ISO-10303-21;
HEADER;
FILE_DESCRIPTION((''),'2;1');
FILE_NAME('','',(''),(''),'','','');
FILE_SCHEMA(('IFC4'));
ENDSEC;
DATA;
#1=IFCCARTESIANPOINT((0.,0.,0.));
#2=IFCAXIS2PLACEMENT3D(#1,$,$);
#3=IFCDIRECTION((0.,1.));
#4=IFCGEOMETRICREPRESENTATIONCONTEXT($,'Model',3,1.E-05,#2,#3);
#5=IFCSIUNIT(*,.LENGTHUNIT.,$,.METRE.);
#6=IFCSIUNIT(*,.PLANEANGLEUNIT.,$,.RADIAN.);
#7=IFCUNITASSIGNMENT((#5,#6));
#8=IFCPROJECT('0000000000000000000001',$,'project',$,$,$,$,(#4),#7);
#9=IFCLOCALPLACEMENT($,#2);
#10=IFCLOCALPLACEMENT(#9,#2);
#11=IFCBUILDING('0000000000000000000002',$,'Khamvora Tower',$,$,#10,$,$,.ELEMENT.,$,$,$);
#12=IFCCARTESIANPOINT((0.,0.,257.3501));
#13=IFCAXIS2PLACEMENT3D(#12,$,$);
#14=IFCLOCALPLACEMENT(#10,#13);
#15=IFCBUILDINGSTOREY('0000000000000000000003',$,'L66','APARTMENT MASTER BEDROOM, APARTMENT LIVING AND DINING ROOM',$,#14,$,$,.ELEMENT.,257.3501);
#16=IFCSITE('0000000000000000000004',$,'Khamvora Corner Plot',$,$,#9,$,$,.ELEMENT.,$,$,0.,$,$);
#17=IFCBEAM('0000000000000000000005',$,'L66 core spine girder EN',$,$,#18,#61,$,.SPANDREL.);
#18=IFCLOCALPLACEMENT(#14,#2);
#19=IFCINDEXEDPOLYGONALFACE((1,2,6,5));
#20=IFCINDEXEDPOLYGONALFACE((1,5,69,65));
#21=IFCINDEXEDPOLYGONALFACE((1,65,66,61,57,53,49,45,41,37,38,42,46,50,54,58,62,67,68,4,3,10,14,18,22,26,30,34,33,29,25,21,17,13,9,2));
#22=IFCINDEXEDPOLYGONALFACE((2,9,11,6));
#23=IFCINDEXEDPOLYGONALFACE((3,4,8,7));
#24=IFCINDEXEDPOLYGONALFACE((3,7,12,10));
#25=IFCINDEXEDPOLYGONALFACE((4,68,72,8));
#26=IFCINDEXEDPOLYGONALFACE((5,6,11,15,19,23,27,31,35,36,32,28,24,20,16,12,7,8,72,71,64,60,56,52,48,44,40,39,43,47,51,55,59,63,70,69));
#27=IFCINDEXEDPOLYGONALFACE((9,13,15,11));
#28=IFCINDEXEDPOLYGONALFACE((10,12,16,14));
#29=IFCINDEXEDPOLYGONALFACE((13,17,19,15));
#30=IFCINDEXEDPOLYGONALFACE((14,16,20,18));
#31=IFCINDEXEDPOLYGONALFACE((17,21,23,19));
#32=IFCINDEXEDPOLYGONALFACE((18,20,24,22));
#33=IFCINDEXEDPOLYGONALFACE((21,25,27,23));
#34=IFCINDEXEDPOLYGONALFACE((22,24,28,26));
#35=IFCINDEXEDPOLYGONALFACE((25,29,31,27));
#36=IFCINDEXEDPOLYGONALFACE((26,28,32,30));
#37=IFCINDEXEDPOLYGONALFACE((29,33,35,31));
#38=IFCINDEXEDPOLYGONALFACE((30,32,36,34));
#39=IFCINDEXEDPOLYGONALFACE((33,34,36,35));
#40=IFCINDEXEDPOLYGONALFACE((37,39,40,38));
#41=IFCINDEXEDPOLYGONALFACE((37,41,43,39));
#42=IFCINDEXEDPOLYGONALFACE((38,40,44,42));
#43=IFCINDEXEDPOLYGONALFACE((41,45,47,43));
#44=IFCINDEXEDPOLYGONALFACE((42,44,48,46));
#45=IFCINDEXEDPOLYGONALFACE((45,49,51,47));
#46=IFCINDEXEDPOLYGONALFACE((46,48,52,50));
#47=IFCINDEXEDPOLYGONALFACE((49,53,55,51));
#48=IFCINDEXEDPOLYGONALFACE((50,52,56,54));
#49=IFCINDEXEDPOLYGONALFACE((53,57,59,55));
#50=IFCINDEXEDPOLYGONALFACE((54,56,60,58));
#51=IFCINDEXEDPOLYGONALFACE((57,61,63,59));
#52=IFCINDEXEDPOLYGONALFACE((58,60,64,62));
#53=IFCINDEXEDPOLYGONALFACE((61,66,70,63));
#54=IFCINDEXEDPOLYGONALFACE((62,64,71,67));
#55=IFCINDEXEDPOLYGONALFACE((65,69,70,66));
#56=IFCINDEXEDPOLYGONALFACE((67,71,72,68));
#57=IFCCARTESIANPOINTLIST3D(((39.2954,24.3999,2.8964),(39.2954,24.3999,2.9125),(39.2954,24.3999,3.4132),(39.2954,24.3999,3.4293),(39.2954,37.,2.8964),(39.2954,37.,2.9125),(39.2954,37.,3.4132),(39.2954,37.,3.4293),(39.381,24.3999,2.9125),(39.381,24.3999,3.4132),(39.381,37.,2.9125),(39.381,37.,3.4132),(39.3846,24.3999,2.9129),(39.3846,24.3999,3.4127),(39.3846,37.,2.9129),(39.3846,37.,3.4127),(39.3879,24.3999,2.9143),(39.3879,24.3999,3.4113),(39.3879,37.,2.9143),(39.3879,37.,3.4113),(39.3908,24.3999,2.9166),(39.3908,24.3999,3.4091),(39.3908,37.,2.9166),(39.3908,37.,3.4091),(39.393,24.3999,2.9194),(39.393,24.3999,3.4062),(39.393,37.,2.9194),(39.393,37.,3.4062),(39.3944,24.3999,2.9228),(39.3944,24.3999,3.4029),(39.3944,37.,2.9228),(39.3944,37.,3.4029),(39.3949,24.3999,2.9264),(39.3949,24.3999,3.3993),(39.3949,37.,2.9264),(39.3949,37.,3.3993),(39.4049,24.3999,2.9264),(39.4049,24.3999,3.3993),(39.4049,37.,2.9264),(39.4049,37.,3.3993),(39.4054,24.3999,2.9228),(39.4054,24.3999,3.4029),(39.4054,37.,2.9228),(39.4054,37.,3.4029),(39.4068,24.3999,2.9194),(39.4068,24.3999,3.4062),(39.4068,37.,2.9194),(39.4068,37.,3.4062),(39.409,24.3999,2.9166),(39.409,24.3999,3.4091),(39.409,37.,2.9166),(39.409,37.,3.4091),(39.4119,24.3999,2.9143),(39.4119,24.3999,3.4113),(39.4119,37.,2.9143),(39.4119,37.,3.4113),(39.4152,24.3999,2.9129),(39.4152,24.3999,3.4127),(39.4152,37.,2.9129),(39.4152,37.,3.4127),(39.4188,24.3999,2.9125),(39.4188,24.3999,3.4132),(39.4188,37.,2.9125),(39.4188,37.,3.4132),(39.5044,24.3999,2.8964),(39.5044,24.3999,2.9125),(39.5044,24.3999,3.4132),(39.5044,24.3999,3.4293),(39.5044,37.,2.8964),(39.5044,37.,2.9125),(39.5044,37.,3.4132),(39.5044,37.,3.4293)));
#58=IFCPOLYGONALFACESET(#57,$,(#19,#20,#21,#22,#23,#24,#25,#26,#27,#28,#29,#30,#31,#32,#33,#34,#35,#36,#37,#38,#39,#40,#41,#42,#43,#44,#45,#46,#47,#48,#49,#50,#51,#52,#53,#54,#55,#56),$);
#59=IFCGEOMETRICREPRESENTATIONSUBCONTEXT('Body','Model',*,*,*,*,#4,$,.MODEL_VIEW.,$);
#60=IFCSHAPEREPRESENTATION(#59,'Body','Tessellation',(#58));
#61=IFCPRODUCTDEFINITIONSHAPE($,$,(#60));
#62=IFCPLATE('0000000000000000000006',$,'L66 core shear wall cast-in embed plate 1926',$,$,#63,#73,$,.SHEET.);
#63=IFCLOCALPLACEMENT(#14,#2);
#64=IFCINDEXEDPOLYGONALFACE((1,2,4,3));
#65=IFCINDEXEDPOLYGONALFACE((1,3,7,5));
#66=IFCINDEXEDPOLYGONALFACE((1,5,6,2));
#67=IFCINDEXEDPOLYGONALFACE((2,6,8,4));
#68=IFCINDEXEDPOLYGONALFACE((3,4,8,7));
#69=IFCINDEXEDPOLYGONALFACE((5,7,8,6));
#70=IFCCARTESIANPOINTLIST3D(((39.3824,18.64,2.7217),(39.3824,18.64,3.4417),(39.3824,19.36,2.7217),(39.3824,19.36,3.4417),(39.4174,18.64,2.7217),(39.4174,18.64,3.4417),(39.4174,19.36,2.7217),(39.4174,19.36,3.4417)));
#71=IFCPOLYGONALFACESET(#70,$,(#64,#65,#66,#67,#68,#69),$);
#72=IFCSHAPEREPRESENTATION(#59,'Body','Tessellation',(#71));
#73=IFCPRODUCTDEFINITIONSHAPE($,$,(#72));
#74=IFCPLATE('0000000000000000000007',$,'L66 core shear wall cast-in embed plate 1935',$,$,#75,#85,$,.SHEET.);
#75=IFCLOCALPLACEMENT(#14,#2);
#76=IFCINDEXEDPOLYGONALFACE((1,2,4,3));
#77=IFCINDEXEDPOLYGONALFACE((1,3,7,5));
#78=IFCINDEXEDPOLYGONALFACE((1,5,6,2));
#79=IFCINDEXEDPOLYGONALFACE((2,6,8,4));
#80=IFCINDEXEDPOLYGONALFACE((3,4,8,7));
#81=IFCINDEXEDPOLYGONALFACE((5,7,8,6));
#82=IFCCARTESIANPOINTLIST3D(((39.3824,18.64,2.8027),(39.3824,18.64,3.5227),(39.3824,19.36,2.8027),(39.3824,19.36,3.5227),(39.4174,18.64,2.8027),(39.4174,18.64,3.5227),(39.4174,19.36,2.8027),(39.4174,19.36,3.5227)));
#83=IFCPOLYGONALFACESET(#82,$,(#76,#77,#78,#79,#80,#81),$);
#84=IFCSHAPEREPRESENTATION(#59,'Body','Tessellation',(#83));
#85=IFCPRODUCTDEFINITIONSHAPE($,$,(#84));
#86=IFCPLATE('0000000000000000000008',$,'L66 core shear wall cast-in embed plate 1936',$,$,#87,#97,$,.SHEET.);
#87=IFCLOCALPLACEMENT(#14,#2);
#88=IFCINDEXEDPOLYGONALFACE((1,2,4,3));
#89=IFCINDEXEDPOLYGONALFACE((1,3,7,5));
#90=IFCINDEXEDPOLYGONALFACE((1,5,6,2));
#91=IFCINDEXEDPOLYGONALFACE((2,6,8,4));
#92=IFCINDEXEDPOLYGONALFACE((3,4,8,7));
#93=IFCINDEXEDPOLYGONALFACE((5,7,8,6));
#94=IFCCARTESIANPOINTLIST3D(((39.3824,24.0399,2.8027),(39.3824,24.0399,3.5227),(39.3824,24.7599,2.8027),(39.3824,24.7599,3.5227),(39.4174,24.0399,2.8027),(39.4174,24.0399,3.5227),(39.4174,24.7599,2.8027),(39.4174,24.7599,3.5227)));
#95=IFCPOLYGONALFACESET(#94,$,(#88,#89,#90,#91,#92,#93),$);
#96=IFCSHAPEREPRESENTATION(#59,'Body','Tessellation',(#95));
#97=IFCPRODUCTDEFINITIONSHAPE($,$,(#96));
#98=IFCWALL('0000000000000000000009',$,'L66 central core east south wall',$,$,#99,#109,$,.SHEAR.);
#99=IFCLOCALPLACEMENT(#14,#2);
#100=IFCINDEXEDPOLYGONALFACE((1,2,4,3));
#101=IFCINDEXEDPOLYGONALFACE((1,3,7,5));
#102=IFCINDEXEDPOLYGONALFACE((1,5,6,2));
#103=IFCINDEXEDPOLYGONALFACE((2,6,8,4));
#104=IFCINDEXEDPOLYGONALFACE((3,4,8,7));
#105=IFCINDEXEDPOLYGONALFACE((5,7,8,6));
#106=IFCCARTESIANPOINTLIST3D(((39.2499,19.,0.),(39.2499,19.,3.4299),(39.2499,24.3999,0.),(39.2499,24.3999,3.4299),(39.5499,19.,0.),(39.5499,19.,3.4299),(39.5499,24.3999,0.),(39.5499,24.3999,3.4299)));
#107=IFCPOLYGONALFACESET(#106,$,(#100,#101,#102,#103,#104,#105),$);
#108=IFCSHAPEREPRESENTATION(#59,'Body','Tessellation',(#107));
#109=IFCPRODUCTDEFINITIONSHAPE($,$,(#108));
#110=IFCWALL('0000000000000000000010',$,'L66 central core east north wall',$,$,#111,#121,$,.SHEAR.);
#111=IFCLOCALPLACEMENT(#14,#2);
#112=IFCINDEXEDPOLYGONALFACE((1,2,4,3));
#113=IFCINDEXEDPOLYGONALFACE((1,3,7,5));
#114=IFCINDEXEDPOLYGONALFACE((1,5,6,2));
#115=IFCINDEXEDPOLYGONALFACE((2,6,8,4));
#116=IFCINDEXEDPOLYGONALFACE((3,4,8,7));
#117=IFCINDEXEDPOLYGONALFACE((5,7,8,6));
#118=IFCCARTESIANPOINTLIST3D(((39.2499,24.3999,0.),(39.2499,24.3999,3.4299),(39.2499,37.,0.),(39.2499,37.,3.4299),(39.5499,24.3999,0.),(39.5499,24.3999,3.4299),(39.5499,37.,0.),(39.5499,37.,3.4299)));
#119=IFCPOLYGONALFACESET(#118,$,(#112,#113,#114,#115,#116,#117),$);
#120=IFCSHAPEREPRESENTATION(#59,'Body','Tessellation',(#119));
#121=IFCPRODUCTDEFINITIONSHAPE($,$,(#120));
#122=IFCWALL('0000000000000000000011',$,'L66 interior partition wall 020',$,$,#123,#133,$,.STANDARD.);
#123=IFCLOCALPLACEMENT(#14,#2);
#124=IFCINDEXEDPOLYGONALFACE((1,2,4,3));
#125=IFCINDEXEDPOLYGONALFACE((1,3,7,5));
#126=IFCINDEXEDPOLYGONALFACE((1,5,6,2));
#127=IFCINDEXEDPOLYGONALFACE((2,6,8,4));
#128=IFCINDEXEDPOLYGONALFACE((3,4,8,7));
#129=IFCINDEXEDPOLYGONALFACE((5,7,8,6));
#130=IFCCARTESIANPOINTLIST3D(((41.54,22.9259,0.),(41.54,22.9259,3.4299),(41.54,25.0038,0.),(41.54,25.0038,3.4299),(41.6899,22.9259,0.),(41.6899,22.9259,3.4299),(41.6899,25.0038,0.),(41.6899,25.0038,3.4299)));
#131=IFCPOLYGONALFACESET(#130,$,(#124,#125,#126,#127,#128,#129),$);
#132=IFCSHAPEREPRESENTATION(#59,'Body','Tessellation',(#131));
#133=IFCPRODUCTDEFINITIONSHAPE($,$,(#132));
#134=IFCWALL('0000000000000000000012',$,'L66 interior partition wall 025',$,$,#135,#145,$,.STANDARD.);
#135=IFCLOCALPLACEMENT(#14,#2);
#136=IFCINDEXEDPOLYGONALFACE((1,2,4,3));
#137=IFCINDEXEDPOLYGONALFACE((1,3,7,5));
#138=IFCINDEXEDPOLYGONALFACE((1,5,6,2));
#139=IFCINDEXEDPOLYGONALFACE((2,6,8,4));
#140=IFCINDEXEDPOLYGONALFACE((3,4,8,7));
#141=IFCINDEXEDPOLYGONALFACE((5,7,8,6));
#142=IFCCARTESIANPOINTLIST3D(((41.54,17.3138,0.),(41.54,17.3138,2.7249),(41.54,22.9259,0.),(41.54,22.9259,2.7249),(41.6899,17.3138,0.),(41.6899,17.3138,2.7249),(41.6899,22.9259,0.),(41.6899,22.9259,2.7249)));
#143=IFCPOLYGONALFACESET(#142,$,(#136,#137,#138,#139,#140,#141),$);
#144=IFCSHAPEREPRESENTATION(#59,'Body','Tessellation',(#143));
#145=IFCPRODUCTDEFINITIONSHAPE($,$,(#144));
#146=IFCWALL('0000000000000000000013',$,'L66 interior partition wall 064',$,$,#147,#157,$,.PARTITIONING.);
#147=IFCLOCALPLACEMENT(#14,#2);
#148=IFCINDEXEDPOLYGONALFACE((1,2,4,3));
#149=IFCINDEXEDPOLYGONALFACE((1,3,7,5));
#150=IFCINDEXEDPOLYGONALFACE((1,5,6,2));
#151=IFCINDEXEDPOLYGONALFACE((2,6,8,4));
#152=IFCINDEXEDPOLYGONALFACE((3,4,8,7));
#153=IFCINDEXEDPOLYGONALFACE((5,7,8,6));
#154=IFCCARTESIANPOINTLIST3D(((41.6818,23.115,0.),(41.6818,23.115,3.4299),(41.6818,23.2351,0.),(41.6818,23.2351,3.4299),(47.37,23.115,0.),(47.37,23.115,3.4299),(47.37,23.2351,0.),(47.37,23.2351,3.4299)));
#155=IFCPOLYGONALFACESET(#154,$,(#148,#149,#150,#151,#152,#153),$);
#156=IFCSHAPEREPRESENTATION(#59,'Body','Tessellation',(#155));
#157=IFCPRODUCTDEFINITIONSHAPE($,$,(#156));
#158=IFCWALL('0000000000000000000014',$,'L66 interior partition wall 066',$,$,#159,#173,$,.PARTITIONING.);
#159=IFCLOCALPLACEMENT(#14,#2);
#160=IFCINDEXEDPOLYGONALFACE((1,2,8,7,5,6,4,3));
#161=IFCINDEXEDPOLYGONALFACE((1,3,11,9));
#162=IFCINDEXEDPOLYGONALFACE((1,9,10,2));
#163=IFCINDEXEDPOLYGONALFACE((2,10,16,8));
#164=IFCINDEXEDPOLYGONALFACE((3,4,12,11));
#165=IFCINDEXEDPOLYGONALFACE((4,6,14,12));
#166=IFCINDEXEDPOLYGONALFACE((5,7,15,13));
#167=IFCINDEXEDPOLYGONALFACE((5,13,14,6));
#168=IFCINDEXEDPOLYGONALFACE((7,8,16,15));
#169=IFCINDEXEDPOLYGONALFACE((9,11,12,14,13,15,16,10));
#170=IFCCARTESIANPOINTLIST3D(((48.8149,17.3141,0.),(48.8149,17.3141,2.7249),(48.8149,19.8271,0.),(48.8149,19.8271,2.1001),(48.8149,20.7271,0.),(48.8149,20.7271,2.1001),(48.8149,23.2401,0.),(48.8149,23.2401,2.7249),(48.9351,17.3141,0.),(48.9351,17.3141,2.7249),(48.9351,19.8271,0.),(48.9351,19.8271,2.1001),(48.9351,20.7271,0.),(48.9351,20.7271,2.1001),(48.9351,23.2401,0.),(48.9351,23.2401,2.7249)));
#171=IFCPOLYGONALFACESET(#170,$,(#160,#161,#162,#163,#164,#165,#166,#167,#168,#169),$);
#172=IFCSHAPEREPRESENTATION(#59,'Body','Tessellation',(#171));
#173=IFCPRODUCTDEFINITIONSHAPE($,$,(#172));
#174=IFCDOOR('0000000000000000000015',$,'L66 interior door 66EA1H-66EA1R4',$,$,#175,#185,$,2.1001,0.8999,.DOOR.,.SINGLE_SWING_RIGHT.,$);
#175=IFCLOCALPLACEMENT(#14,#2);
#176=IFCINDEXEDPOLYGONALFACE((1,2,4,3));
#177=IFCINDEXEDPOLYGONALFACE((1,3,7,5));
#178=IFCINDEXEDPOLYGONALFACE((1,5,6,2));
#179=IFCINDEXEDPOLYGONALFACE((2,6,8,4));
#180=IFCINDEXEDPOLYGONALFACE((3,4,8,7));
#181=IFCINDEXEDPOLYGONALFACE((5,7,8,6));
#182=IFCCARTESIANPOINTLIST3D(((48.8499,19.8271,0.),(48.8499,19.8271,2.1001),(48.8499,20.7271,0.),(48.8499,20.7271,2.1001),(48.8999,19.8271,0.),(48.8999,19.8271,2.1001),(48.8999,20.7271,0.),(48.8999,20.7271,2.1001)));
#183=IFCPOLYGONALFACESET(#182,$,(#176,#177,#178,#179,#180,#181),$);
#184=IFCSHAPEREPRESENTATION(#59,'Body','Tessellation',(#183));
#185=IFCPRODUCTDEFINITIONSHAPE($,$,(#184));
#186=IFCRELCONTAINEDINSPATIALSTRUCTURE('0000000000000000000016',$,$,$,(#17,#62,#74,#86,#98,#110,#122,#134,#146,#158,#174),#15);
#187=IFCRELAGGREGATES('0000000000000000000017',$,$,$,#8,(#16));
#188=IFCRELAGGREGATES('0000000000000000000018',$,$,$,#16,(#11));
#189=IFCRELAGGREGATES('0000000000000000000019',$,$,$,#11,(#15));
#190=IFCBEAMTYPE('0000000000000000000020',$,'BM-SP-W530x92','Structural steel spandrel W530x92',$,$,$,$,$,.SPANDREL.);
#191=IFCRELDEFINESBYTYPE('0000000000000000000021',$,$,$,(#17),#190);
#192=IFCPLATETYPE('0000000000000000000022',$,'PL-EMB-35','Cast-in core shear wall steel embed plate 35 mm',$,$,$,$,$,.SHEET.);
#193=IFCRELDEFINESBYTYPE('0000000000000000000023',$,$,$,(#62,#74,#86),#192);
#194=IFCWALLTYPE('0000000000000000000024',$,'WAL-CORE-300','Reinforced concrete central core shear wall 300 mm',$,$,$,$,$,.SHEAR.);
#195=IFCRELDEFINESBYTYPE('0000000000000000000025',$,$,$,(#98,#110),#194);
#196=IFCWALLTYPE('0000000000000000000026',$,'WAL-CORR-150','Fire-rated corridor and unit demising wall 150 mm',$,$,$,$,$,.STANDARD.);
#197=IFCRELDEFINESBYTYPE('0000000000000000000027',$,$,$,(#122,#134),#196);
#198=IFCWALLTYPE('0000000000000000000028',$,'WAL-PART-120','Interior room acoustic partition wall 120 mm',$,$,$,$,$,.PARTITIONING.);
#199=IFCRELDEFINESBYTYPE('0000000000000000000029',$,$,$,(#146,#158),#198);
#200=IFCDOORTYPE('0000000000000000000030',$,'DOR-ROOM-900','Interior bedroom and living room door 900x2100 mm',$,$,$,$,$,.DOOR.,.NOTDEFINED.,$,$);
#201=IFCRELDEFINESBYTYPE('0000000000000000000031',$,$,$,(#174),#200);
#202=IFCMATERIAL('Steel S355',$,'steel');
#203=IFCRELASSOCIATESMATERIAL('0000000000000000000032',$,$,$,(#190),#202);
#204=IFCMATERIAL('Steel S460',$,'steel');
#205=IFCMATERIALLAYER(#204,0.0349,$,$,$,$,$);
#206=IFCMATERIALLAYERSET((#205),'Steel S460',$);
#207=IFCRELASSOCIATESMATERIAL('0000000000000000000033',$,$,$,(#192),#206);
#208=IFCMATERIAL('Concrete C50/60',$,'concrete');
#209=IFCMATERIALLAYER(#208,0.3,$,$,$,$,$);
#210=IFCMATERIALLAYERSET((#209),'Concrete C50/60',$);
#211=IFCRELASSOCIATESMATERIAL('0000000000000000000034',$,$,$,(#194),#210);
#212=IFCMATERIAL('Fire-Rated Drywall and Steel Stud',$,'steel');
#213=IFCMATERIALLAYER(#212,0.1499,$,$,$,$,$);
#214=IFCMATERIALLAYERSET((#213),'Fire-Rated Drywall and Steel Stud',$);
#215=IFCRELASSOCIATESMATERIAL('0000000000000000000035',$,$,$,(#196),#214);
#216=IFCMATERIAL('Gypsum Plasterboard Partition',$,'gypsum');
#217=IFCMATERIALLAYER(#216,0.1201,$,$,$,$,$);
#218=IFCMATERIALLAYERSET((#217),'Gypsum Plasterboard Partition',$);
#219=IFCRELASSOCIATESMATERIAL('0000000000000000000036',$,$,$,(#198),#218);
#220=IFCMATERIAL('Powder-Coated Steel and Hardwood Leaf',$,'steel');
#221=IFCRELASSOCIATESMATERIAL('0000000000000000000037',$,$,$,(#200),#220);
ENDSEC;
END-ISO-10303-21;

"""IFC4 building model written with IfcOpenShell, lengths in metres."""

from ifc_helpers import new_model, si_unit, direction, frame, frame_2d, origin, origin_2d, place, context, subcontext, project, spatial, rectangle, i_section, extrude, material, layer, layer_set, material_profile, profile_set, type_object, element, fill, save


model = new_model("IFC4")

# Units and contexts
model_context = context("Model", 3, precision=1e-05, world=origin(), true_north=direction((0.0, 1.0)))
body_context = subcontext(model_context, "Body", "Model", "MODEL_VIEW")
ifc_project = project(units=[si_unit("LENGTHUNIT", "METRE"), si_unit("PLANEANGLEUNIT", "RADIAN")], contexts=[model_context])

# Site, building, storey
site_placement = place(None, origin())
site = spatial("IfcSite", under=ifc_project, at=site_placement, Name="Khamvora Corner Plot", CompositionType="ELEMENT", RefElevation=0.0)
building_placement = place(site_placement, origin())
building = spatial("IfcBuilding", under=site, at=building_placement, Name="Khamvora Tower", CompositionType="ELEMENT")
storey_placement = place(building_placement, frame((0.0, 0.0, 257.3501)))
storey = spatial("IfcBuildingStorey", under=building, at=storey_placement, Name="L66", Description="APARTMENT MASTER BEDROOM, APARTMENT LIVING AND DINING ROOM", CompositionType="ELEMENT", Elevation=257.3501)

# Beam
ifc_material_1 = material(Name="Steel S355", Category="steel")
ifc_material_profile_1 = material_profile(ifc_material_1, i_section(OverallWidth=0.209, OverallDepth=0.533, WebThickness=0.01, FlangeThickness=0.0161, FilletRadius=0.0139, at=origin_2d()), Name="W530x92")
ifc_profile_set_1 = profile_set([ifc_material_profile_1], Name="Steel S355")
beam_type_1 = type_object("IfcBeamType", Name="BM-SP-W530x92", Description="Structural steel spandrel W530x92", PredefinedType="SPANDREL", material=ifc_profile_set_1)
beam_1_placement = place(storey_placement, frame((39.3999, 24.3999, 3.1628), z_axis=(0.0, 1.0, 0.0), x_axis=(-1.0, 0.0, 0.0)))
element("IfcBeam", 1, at=beam_1_placement, inside=storey, type_object=beam_type_1, Name="L66 core spine girder EN", PredefinedType="SPANDREL", context=body_context, shape_type="SweptSolid", body=[
    extrude(i_section(OverallWidth=0.209, OverallDepth=0.533, WebThickness=0.01, FlangeThickness=0.0161, FilletRadius=0.0139, at=origin_2d()), origin(), (0.0, 0.0, 1.0), 12.6001),
])

# Plates
ifc_material_2 = material(Name="Steel S460", Category="steel")
ifc_layer_1 = layer(ifc_material_2, 0.0349)
ifc_layer_set_1 = layer_set([ifc_layer_1], Name="Steel S460")
plate_type = type_object("IfcPlateType", Name="PL-EMB-35", Description="Cast-in core shear wall steel embed plate 35 mm", PredefinedType="SHEET", material=ifc_layer_set_1)
for number, where, z_axis, x_axis, name in (
    (2, (39.3999, 19.0, 2.7217), (0.0, 0.0, 1.0), (1.0, 0.0, 0.0), "L66 core shear wall cast-in embed plate 1926"),
    (3, (39.3999, 19.0, 2.8027), (0.0, 0.0, 1.0), (1.0, 0.0, 0.0), "L66 core shear wall cast-in embed plate 1935"),
    (4, (39.3999, 24.3999, 2.8027), (0.0, 0.0, 1.0), (1.0, 0.0, 0.0), "L66 core shear wall cast-in embed plate 1936"),
):
    element("IfcPlate", number, at=place(storey_placement, frame(where, z_axis=z_axis, x_axis=x_axis)), inside=storey, type_object=plate_type, Name=name, PredefinedType="SHEET", context=body_context, shape_type="SweptSolid", body=[
        extrude(rectangle(XDim=0.0349, YDim=0.72, at=origin_2d()), origin(), (0.0, 0.0, 1.0), 0.72),
    ])

# Walls
ifc_material_3 = material(Name="Concrete C50/60", Category="concrete")
ifc_layer_2 = layer(ifc_material_3, 0.3)
ifc_layer_set_2 = layer_set([ifc_layer_2], Name="Concrete C50/60")
wall_type_1 = type_object("IfcWallType", Name="WAL-CORE-300", Description="Reinforced concrete central core shear wall 300 mm", PredefinedType="SHEAR", material=ifc_layer_set_2)
wall_1_placement = place(storey_placement, frame((39.3999, 19.0, 0.0), z_axis=(0.0, 0.0, 1.0), x_axis=(0.0, 1.0, 0.0)))
element("IfcWall", 5, at=wall_1_placement, inside=storey, type_object=wall_type_1, Name="L66 central core east south wall", PredefinedType="SHEAR", context=body_context, shape_type="SweptSolid", body=[
    extrude(rectangle(XDim=5.3999, YDim=0.3, at=frame_2d((2.7, 0.0))), origin(), (0.0, 0.0, 1.0), 3.4299),
])
wall_2_placement = place(storey_placement, frame((39.3999, 24.3999, 0.0), z_axis=(0.0, 0.0, 1.0), x_axis=(0.0, 1.0, 0.0)))
element("IfcWall", 6, at=wall_2_placement, inside=storey, type_object=wall_type_1, Name="L66 central core east north wall", PredefinedType="SHEAR", context=body_context, shape_type="SweptSolid", body=[
    extrude(rectangle(XDim=12.6001, YDim=0.3, at=frame_2d((6.3, 0.0))), origin(), (0.0, 0.0, 1.0), 3.4299),
])
ifc_material_4 = material(Name="Fire-Rated Drywall and Steel Stud", Category="steel")
ifc_layer_3 = layer(ifc_material_4, 0.1499)
ifc_layer_set_3 = layer_set([ifc_layer_3], Name="Fire-Rated Drywall and Steel Stud")
wall_type_2 = type_object("IfcWallType", Name="WAL-CORR-150", Description="Fire-rated corridor and unit demising wall 150 mm", PredefinedType="STANDARD", material=ifc_layer_set_3)
wall_3_placement = place(storey_placement, frame((41.615, 25.0039, 0.0), z_axis=(0.0, 0.0, 1.0), x_axis=(0.0, -1.0, 0.0)))
element("IfcWall", 7, at=wall_3_placement, inside=storey, type_object=wall_type_2, Name="L66 interior partition wall 020", PredefinedType="STANDARD", context=body_context, shape_type="SweptSolid", body=[
    extrude(rectangle(XDim=2.0779, YDim=0.1499, at=frame_2d((1.0391, 0.0))), origin(), (0.0, 0.0, 1.0), 3.4299),
])
wall_4_placement = place(storey_placement, frame((41.615, 22.926, 0.0), z_axis=(0.0, 0.0, 1.0), x_axis=(0.0, -1.0, 0.0)))
element("IfcWall", 8, at=wall_4_placement, inside=storey, type_object=wall_type_2, Name="L66 interior partition wall 025", PredefinedType="STANDARD", context=body_context, shape_type="SweptSolid", body=[
    extrude(rectangle(XDim=5.6121, YDim=0.1499, at=frame_2d((2.8062, 0.0))), origin(), (0.0, 0.0, 1.0), 2.7249),
])
ifc_material_5 = material(Name="Gypsum Plasterboard Partition", Category="gypsum")
ifc_layer_4 = layer(ifc_material_5, 0.1201)
ifc_layer_set_4 = layer_set([ifc_layer_4], Name="Gypsum Plasterboard Partition")
wall_type_3 = type_object("IfcWallType", Name="WAL-PART-120", Description="Interior room acoustic partition wall 120 mm", PredefinedType="PARTITIONING", material=ifc_layer_set_4)
wall_5_placement = place(storey_placement, frame((47.3701, 23.175, 0.0), z_axis=(0.0, 0.0, 1.0), x_axis=(-1.0, 0.0, 0.0)))
element("IfcWall", 9, at=wall_5_placement, inside=storey, type_object=wall_type_3, Name="L66 interior partition wall 064", PredefinedType="PARTITIONING", context=body_context, shape_type="SweptSolid", body=[
    extrude(rectangle(XDim=5.6882, YDim=0.1201, at=frame_2d((2.8442, 0.0))), origin(), (0.0, 0.0, 1.0), 3.4299),
])

# Wall, opening, door
wall_6_placement = place(storey_placement, frame((48.875, 23.24, 0.0), z_axis=(0.0, 0.0, 1.0), x_axis=(0.0, -1.0, 0.0)))
wall_6 = element("IfcWall", 10, at=wall_6_placement, inside=storey, type_object=wall_type_3, Name="L66 interior partition wall 066", PredefinedType="PARTITIONING", context=body_context, shape_type="SweptSolid", body=[
    extrude(rectangle(XDim=5.926, YDim=0.1201, at=frame_2d((2.9629, 0.0))), origin(), (0.0, 0.0, 1.0), 2.7249),
])
opening_1_placement = place(wall_6_placement, frame((2.5129, 0.0, 0.0)))
opening_1 = element("IfcOpeningElement", 11, at=opening_1_placement, cuts=wall_6, PredefinedType="OPENING", context=body_context, shape_type="SweptSolid", body=[
    extrude(rectangle(XDim=0.8999, YDim=2.1001, at=frame_2d((0.45, 1.05))), frame((0.0, 0.0701, 0.0), z_axis=(0.0, -1.0, 0.0), x_axis=(1.0, 0.0, 0.0)), (0.0, 0.0, 1.0), 0.1401),
])
ifc_material_6 = material(Name="Powder-Coated Steel and Hardwood Leaf", Category="steel")
door_type_1 = type_object("IfcDoorType", Name="DOR-ROOM-900", Description="Interior bedroom and living room door 900x2100 mm", OperationType="NOTDEFINED", PredefinedType="DOOR", material=ifc_material_6)
door_1_placement = place(opening_1_placement, origin())
door_1 = element("IfcDoor", 12, at=door_1_placement, inside=storey, type_object=door_type_1, Name="L66 interior door 66EA1H-66EA1R4", OperationType="SINGLE_SWING_RIGHT", OverallHeight=2.1001, OverallWidth=0.8999, PredefinedType="DOOR", context=body_context, shape_type="SweptSolid", body=[
    extrude(rectangle(XDim=0.8999, YDim=2.1001, at=frame_2d((0.45, 1.05))), frame((0.0, 0.0249, 0.0), z_axis=(0.0, -1.0, 0.0), x_axis=(1.0, 0.0, 0.0)), (0.0, 0.0, 1.0), 0.05),
])
fill(opening_1, door_1)

save(model, "model.ifc")
